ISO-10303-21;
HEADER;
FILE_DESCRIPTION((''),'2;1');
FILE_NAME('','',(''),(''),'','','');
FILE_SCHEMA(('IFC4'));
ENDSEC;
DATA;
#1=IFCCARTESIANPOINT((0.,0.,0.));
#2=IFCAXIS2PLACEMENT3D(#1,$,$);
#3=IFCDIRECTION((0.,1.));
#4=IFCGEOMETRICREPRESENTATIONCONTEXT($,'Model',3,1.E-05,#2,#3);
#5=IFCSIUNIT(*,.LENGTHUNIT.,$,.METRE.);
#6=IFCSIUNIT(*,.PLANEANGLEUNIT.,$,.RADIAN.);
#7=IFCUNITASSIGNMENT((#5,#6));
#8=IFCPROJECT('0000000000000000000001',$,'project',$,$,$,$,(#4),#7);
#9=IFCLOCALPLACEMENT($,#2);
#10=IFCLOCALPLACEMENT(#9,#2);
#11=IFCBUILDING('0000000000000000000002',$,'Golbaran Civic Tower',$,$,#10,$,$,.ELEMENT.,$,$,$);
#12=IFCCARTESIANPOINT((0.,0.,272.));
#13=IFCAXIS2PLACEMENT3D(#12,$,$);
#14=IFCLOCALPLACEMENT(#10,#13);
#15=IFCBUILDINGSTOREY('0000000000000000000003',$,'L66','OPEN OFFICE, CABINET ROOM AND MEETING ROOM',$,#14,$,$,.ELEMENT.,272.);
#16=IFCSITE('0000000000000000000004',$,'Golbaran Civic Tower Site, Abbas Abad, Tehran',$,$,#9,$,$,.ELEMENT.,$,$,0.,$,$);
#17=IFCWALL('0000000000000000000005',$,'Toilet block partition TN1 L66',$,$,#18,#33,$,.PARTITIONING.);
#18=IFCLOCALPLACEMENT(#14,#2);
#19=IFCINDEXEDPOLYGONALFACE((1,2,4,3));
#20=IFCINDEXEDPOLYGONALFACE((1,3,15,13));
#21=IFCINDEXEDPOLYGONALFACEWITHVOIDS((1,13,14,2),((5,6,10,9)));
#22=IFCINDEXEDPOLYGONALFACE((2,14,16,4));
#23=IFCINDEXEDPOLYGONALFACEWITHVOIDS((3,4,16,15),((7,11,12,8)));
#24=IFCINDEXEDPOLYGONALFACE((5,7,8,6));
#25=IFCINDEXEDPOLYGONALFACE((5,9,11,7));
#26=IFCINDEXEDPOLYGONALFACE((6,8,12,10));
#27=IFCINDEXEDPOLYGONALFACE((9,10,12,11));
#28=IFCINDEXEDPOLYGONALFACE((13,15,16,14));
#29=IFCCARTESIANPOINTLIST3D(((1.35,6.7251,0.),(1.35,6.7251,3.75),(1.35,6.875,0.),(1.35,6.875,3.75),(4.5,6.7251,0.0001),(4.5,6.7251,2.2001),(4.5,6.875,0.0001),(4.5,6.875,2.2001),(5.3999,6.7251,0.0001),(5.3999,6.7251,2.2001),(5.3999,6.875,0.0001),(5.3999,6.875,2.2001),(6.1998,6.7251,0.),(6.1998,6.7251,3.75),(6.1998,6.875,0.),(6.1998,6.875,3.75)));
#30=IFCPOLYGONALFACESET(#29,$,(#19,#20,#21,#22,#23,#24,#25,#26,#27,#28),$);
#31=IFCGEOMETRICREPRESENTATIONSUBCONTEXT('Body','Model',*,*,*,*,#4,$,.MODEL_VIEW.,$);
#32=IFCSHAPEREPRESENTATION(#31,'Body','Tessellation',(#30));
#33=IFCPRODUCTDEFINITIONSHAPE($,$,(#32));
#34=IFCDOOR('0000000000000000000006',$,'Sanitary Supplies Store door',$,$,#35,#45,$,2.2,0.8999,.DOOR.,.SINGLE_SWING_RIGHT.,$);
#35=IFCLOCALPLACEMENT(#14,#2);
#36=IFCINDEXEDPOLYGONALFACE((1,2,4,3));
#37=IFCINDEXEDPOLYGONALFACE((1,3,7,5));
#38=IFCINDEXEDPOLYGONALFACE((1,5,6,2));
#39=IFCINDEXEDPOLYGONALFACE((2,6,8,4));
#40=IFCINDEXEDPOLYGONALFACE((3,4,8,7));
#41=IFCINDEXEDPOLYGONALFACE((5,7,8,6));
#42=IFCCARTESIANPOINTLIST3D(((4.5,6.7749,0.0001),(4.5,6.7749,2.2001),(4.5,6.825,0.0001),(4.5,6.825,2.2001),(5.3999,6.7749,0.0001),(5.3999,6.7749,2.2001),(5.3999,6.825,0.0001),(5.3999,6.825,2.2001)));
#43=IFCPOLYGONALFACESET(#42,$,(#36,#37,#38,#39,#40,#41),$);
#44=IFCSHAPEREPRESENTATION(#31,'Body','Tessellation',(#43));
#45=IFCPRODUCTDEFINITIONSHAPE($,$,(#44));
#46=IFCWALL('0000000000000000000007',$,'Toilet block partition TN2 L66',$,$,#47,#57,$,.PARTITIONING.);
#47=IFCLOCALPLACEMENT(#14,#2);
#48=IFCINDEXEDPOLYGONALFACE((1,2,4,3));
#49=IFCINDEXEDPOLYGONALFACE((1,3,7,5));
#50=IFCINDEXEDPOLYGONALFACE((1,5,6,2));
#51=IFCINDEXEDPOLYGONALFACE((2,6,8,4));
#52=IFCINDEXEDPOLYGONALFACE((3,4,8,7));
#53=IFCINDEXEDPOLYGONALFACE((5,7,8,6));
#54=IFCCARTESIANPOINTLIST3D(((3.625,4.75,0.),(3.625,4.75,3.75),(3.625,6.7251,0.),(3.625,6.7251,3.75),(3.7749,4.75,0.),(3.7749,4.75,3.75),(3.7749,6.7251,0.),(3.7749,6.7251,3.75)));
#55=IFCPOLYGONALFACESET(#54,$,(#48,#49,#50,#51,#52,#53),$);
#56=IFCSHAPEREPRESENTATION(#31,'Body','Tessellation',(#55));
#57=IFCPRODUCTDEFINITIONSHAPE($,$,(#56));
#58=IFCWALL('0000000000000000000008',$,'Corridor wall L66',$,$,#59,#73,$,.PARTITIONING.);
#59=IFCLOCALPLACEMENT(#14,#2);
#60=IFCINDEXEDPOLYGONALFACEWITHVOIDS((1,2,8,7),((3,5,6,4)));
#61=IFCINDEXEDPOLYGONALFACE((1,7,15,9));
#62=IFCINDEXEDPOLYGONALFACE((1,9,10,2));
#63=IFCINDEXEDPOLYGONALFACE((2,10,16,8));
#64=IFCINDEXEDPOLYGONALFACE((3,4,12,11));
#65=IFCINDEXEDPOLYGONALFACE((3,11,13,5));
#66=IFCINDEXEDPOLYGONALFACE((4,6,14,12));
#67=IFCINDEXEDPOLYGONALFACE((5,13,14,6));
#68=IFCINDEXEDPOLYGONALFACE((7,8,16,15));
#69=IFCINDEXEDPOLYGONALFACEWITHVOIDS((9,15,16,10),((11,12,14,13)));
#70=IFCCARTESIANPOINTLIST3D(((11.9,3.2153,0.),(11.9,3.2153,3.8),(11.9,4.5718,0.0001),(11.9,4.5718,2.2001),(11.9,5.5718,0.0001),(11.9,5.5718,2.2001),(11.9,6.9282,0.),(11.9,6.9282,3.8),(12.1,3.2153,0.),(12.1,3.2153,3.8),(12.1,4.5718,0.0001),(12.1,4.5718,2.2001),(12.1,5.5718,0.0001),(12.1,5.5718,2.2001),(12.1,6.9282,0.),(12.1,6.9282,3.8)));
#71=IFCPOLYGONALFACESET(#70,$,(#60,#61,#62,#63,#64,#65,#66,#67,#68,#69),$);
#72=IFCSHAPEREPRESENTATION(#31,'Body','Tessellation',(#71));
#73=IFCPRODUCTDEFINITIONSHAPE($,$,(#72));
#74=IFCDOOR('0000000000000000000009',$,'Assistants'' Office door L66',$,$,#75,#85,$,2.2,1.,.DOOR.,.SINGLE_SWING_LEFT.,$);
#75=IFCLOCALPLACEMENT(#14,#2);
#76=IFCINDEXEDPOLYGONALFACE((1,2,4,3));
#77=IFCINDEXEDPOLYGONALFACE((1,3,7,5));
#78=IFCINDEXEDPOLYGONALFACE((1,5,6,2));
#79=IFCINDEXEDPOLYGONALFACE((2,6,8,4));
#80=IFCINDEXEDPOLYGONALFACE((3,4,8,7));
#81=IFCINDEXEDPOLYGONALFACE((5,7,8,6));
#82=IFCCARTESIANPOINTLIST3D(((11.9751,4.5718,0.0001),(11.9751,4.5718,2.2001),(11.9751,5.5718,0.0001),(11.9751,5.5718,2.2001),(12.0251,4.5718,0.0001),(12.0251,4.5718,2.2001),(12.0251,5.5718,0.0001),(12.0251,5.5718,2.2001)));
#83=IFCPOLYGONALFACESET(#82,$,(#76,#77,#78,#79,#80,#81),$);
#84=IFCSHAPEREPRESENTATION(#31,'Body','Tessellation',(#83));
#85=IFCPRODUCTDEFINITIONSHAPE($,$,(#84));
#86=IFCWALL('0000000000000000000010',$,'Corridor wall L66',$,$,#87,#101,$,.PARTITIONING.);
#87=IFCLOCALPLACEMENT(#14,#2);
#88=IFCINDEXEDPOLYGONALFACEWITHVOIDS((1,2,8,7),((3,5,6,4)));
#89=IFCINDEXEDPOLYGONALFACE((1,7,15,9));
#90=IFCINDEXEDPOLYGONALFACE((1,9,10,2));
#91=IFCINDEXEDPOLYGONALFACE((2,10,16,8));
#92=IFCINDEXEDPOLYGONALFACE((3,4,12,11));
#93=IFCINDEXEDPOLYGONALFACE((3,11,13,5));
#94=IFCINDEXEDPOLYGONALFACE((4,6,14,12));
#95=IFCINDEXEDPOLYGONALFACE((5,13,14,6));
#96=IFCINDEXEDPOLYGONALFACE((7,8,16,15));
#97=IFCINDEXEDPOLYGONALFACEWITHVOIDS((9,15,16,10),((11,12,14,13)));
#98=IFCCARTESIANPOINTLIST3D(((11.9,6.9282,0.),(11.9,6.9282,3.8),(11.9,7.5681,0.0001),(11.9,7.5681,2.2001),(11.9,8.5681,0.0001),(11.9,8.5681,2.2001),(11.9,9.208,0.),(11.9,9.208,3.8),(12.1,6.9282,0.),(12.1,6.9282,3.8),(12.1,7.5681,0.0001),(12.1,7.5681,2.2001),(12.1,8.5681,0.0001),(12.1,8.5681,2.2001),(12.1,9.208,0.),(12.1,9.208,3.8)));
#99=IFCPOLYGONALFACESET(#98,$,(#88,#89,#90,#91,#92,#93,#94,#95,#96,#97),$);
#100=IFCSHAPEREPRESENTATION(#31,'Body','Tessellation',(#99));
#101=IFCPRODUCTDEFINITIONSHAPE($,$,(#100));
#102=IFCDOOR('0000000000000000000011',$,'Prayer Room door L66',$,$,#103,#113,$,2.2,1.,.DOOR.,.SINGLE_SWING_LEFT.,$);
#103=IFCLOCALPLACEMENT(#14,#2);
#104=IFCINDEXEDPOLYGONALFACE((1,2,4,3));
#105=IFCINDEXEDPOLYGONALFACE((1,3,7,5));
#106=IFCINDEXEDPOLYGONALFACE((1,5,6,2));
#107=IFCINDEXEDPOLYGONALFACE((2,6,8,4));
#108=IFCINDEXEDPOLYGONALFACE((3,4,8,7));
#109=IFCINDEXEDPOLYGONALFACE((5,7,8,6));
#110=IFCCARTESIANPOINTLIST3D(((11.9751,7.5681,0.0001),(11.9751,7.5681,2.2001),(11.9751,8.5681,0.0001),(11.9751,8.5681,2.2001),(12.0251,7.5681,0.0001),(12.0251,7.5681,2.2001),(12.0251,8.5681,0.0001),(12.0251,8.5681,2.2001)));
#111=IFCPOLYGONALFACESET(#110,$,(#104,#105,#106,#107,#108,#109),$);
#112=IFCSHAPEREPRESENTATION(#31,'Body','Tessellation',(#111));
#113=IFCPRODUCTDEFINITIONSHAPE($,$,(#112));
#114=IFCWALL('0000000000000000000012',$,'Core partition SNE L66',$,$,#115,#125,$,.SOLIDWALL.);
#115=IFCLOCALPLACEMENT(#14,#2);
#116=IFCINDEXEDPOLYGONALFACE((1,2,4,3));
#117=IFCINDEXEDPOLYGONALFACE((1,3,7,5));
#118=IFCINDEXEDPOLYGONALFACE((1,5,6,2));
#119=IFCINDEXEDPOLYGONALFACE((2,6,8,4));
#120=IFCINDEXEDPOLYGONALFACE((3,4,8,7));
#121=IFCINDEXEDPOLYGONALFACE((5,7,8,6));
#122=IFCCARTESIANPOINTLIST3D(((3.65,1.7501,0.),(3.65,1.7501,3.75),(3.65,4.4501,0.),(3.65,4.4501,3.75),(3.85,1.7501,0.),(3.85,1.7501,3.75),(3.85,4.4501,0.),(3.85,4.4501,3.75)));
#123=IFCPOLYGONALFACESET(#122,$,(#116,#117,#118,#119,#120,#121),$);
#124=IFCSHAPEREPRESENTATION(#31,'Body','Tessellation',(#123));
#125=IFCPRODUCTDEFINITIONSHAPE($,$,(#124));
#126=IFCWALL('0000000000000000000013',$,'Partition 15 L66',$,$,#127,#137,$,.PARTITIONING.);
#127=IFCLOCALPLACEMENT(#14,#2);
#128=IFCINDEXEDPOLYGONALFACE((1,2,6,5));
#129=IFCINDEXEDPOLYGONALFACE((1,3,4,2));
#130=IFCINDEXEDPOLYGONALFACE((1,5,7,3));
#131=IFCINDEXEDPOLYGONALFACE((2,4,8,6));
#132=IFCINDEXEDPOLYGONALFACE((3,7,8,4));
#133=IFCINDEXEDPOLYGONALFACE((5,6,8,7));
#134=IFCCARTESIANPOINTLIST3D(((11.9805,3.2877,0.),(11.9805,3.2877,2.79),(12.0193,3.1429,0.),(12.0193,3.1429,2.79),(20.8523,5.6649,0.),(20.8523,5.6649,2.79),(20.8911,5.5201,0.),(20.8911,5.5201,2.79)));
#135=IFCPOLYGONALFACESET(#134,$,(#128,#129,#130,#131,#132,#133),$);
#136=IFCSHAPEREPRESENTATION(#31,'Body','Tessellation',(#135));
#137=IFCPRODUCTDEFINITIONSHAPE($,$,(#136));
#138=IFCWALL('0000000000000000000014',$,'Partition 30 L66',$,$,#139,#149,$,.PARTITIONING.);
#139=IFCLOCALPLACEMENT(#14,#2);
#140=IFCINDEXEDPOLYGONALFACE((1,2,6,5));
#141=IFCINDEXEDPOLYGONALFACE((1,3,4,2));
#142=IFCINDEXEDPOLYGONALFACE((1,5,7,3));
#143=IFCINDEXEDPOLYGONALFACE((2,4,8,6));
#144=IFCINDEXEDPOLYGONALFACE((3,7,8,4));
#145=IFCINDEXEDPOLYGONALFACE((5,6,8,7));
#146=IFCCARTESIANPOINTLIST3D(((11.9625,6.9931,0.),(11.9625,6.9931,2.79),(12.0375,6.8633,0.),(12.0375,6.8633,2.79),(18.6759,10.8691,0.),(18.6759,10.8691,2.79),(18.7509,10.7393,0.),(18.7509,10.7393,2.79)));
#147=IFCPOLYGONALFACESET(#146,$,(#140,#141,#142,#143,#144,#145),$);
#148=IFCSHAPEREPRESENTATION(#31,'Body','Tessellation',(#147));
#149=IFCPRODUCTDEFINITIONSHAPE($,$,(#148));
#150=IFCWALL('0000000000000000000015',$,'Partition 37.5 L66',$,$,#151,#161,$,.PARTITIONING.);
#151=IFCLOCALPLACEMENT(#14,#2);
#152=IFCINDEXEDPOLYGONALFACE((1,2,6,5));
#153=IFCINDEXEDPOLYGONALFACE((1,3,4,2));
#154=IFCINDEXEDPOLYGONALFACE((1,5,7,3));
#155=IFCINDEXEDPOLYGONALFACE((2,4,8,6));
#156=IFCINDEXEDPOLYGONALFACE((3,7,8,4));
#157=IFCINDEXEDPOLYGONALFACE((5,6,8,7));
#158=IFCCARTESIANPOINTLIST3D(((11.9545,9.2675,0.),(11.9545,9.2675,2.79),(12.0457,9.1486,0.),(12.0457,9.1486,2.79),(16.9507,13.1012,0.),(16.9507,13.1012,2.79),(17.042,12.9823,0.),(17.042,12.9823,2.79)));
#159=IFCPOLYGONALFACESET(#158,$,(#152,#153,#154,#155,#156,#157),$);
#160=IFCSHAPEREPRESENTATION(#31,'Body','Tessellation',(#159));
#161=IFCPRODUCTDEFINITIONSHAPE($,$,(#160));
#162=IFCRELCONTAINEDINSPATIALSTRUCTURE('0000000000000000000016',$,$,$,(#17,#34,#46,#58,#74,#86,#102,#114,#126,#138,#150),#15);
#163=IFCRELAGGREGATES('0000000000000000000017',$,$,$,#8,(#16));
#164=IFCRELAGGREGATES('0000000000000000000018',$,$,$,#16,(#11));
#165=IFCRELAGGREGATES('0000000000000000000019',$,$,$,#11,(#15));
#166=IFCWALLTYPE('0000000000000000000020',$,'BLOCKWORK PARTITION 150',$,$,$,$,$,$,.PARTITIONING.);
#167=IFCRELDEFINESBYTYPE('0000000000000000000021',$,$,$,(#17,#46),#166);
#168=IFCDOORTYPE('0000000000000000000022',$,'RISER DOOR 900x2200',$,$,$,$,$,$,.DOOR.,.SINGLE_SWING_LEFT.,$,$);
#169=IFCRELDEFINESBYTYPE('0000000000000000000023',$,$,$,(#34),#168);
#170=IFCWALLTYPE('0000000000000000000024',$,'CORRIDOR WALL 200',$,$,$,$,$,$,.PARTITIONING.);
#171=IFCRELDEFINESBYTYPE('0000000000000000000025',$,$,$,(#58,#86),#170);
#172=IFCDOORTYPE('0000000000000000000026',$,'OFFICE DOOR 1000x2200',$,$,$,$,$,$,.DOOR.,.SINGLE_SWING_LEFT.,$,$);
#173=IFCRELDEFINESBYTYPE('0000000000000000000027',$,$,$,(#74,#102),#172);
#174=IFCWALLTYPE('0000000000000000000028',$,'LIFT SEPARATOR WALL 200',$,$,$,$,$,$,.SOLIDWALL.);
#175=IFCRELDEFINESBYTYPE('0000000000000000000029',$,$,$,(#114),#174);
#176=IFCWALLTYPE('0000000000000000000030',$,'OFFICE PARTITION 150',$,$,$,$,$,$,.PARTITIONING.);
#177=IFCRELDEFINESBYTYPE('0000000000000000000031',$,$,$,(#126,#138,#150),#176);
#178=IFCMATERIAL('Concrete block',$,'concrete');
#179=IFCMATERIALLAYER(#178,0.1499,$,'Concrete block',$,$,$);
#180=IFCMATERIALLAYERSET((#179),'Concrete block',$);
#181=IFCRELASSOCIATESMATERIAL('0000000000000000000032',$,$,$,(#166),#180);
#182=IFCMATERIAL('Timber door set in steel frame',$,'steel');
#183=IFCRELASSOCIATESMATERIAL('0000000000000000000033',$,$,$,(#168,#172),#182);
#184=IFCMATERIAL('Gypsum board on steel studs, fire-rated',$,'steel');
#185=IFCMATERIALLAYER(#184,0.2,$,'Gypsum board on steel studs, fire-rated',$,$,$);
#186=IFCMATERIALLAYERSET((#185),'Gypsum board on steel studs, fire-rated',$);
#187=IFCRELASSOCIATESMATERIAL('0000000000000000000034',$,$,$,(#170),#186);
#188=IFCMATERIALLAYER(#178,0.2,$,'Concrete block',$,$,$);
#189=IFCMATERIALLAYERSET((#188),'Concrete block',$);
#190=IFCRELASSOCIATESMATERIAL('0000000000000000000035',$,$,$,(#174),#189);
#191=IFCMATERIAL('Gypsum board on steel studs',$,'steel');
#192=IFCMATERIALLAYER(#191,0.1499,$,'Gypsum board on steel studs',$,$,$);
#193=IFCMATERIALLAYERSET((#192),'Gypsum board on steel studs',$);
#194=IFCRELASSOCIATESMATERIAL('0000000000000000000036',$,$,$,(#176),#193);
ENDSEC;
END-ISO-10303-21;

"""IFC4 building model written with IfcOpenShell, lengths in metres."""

from ifc_helpers import new_model, si_unit, direction, frame, frame_2d, origin, place, context, subcontext, project, spatial, rectangle, extrude, material, layer, layer_set, type_object, element, fill, save


model = new_model("IFC4")

# Units and contexts
model_context = context("Model", 3, precision=1e-05, world=origin(), true_north=direction((0.0, 1.0)))
body_context = subcontext(model_context, "Body", "Model", "MODEL_VIEW")
ifc_project = project(units=[si_unit("LENGTHUNIT", "METRE"), si_unit("PLANEANGLEUNIT", "RADIAN")], contexts=[model_context])

# Site, building, storey
site_placement = place(None, origin())
site = spatial("IfcSite", under=ifc_project, at=site_placement, Name="Golbaran Civic Tower Site, Abbas Abad, Tehran", CompositionType="ELEMENT", RefElevation=0.0)
building_placement = place(site_placement, origin())
building = spatial("IfcBuilding", under=site, at=building_placement, Name="Golbaran Civic Tower", CompositionType="ELEMENT")
storey_placement = place(building_placement, frame((0.0, 0.0, 272.0)))
storey = spatial("IfcBuildingStorey", under=building, at=storey_placement, Name="L66", Description="OPEN OFFICE, CABINET ROOM AND MEETING ROOM", CompositionType="ELEMENT", Elevation=272.0)

# Wall, opening, door
ifc_material_1 = material(Name="Concrete block", Category="concrete")
ifc_layer_1 = layer(ifc_material_1, 0.1499, Name="Concrete block")
ifc_layer_set_1 = layer_set([ifc_layer_1], Name="Concrete block")
wall_type_1 = type_object("IfcWallType", Name="BLOCKWORK PARTITION 150", PredefinedType="PARTITIONING", material=ifc_layer_set_1)
wall_1_placement = place(storey_placement, frame((1.3501, 6.8, 0.0), z_axis=(0.0, 0.0, 1.0), x_axis=(1.0, 0.0, 0.0)))
wall_1 = element("IfcWall", 1, at=wall_1_placement, inside=storey, type_object=wall_type_1, Name="Toilet block partition TN1 L66", PredefinedType="PARTITIONING", context=body_context, shape_type="SweptSolid", body=[
    extrude(rectangle(XDim=4.8499, YDim=0.1499, at=frame_2d((2.4248, 0.0))), origin(), (0.0, 0.0, 1.0), 3.75),
])
opening_1_placement = place(wall_1_placement, frame((3.1499, 0.0, 0.0)))
opening_1 = element("IfcOpeningElement", 2, at=opening_1_placement, cuts=wall_1, PredefinedType="OPENING", context=body_context, shape_type="SweptSolid", body=[
    extrude(rectangle(XDim=0.8999, YDim=2.2, at=frame_2d((0.45, 1.1001))), frame((0.0, 0.085, 0.0), z_axis=(0.0, -1.0, 0.0), x_axis=(1.0, 0.0, 0.0)), (0.0, 0.0, 1.0), 0.1699),
])
ifc_material_2 = material(Name="Timber door set in steel frame", Category="steel")
door_type_1 = type_object("IfcDoorType", Name="RISER DOOR 900x2200", OperationType="SINGLE_SWING_LEFT", PredefinedType="DOOR", material=ifc_material_2)
door_1_placement = place(opening_1_placement, origin())
door_1 = element("IfcDoor", 3, at=door_1_placement, inside=storey, type_object=door_type_1, Name="Sanitary Supplies Store door", OperationType="SINGLE_SWING_RIGHT", OverallHeight=2.2, OverallWidth=0.8999, PredefinedType="DOOR", context=body_context, shape_type="SweptSolid", body=[
    extrude(rectangle(XDim=0.8999, YDim=2.2, at=frame_2d((0.45, 1.1001))), frame((0.0, 0.0249, 0.0), z_axis=(0.0, -1.0, 0.0), x_axis=(1.0, 0.0, 0.0)), (0.0, 0.0, 1.0), 0.05),
])
fill(opening_1, door_1)

# Wall
wall_2_placement = place(storey_placement, frame((3.7, 4.75, 0.0), z_axis=(0.0, 0.0, 1.0), x_axis=(0.0, 1.0, 0.0)))
element("IfcWall", 4, at=wall_2_placement, inside=storey, type_object=wall_type_1, Name="Toilet block partition TN2 L66", PredefinedType="PARTITIONING", context=body_context, shape_type="SweptSolid", body=[
    extrude(rectangle(XDim=1.9751, YDim=0.1499, at=frame_2d((0.9875, 0.0))), origin(), (0.0, 0.0, 1.0), 3.75),
])

# Walls, openings, doors
ifc_material_3 = material(Name="Gypsum board on steel studs, fire-rated", Category="steel")
ifc_layer_2 = layer(ifc_material_3, 0.2, Name="Gypsum board on steel studs, fire-rated")
ifc_layer_set_2 = layer_set([ifc_layer_2], Name="Gypsum board on steel studs, fire-rated")
wall_type_2 = type_object("IfcWallType", Name="CORRIDOR WALL 200", PredefinedType="PARTITIONING", material=ifc_layer_set_2)
wall_3_placement = place(storey_placement, frame((12.0, 3.2153, 0.0), z_axis=(0.0, 0.0, 1.0), x_axis=(0.0, 1.0, 0.0)))
wall_3 = element("IfcWall", 5, at=wall_3_placement, inside=storey, type_object=wall_type_2, Name="Corridor wall L66", PredefinedType="PARTITIONING", context=body_context, shape_type="SweptSolid", body=[
    extrude(rectangle(XDim=3.7129, YDim=0.2, at=frame_2d((1.8564, 0.0))), origin(), (0.0, 0.0, 1.0), 3.8),
])
opening_2_placement = place(wall_3_placement, frame((1.3564, 0.0, 0.0)))
opening_2 = element("IfcOpeningElement", 6, at=opening_2_placement, cuts=wall_3, PredefinedType="OPENING", context=body_context, shape_type="SweptSolid", body=[
    extrude(rectangle(XDim=1.0, YDim=2.2, at=frame_2d((0.5, 1.1001))), frame((0.0, 0.1099, 0.0), z_axis=(0.0, -1.0, 0.0), x_axis=(1.0, 0.0, 0.0)), (0.0, 0.0, 1.0), 0.22),
])
door_type_2 = type_object("IfcDoorType", Name="OFFICE DOOR 1000x2200", OperationType="SINGLE_SWING_LEFT", PredefinedType="DOOR", material=ifc_material_2)
door_2_placement = place(opening_2_placement, origin())
door_2 = element("IfcDoor", 7, at=door_2_placement, inside=storey, type_object=door_type_2, Name="Assistants' Office door L66", OperationType="SINGLE_SWING_LEFT", OverallHeight=2.2, OverallWidth=1.0, PredefinedType="DOOR", context=body_context, shape_type="SweptSolid", body=[
    extrude(rectangle(XDim=1.0, YDim=2.2, at=frame_2d((0.5, 1.1001))), frame((0.0, 0.0249, 0.0), z_axis=(0.0, -1.0, 0.0), x_axis=(1.0, 0.0, 0.0)), (0.0, 0.0, 1.0), 0.05),
])
fill(opening_2, door_2)
wall_4_placement = place(storey_placement, frame((12.0, 6.9282, 0.0), z_axis=(0.0, 0.0, 1.0), x_axis=(0.0, 1.0, 0.0)))
wall_4 = element("IfcWall", 8, at=wall_4_placement, inside=storey, type_object=wall_type_2, Name="Corridor wall L66", PredefinedType="PARTITIONING", context=body_context, shape_type="SweptSolid", body=[
    extrude(rectangle(XDim=2.2798, YDim=0.2, at=frame_2d((1.1399, 0.0))), origin(), (0.0, 0.0, 1.0), 3.8),
])
opening_3_placement = place(wall_4_placement, frame((0.6399, 0.0, 0.0)))
opening_3 = element("IfcOpeningElement", 9, at=opening_3_placement, cuts=wall_4, PredefinedType="OPENING", context=body_context, shape_type="SweptSolid", body=[
    extrude(rectangle(XDim=1.0, YDim=2.2, at=frame_2d((0.5, 1.1001))), frame((0.0, 0.1099, 0.0), z_axis=(0.0, -1.0, 0.0), x_axis=(1.0, 0.0, 0.0)), (0.0, 0.0, 1.0), 0.22),
])
door_3_placement = place(opening_3_placement, origin())
door_3 = element("IfcDoor", 10, at=door_3_placement, inside=storey, type_object=door_type_2, Name="Prayer Room door L66", OperationType="SINGLE_SWING_LEFT", OverallHeight=2.2, OverallWidth=1.0, PredefinedType="DOOR", context=body_context, shape_type="SweptSolid", body=[
    extrude(rectangle(XDim=1.0, YDim=2.2, at=frame_2d((0.5, 1.1001))), frame((0.0, 0.0249, 0.0), z_axis=(0.0, -1.0, 0.0), x_axis=(1.0, 0.0, 0.0)), (0.0, 0.0, 1.0), 0.05),
])
fill(opening_3, door_3)

# Walls
ifc_layer_3 = layer(ifc_material_1, 0.2, Name="Concrete block")
ifc_layer_set_3 = layer_set([ifc_layer_3], Name="Concrete block")
wall_type_3 = type_object("IfcWallType", Name="LIFT SEPARATOR WALL 200", PredefinedType="SOLIDWALL", material=ifc_layer_set_3)
wall_5_placement = place(storey_placement, frame((3.75, 1.75, 0.0), z_axis=(0.0, 0.0, 1.0), x_axis=(0.0, 1.0, 0.0)))
element("IfcWall", 11, at=wall_5_placement, inside=storey, type_object=wall_type_3, Name="Core partition SNE L66", PredefinedType="SOLIDWALL", context=body_context, shape_type="SweptSolid", body=[
    extrude(rectangle(XDim=2.7, YDim=0.2, at=frame_2d((1.3501, 0.0))), origin(), (0.0, 0.0, 1.0), 3.75),
])
ifc_material_4 = material(Name="Gypsum board on steel studs", Category="steel")
ifc_layer_4 = layer(ifc_material_4, 0.1499, Name="Gypsum board on steel studs")
ifc_layer_set_4 = layer_set([ifc_layer_4], Name="Gypsum board on steel studs")
wall_type_4 = type_object("IfcWallType", Name="OFFICE PARTITION 150", PredefinedType="PARTITIONING", material=ifc_layer_set_4)
wall_6_placement = place(storey_placement, frame((12.0, 3.2153, 0.0), z_axis=(0.0, 0.0, 1.0), x_axis=(0.965926, 0.258819, 0.0)))
element("IfcWall", 12, at=wall_6_placement, inside=storey, type_object=wall_type_4, Name="Partition 15 L66", PredefinedType="PARTITIONING", context=body_context, shape_type="SweptSolid", body=[
    extrude(rectangle(XDim=9.1848, YDim=0.1499, at=frame_2d((4.5923, 0.0))), origin(), (0.0, 0.0, 1.0), 2.79),
])
wall_7_placement = place(storey_placement, frame((12.0, 6.9282, 0.0), z_axis=(0.0, 0.0, 1.0), x_axis=(0.866025, 0.500001, 0.0)))
element("IfcWall", 13, at=wall_7_placement, inside=storey, type_object=wall_type_4, Name="Partition 30 L66", PredefinedType="PARTITIONING", context=body_context, shape_type="SweptSolid", body=[
    extrude(rectangle(XDim=7.752, YDim=0.1499, at=frame_2d((3.876, 0.0))), origin(), (0.0, 0.0, 1.0), 2.79),
])
wall_8_placement = place(storey_placement, frame((12.0, 9.208, 0.0), z_axis=(0.0, 0.0, 1.0), x_axis=(0.79336, 0.608753, 0.0)))
element("IfcWall", 14, at=wall_8_placement, inside=storey, type_object=wall_type_4, Name="Partition 37.5 L66", PredefinedType="PARTITIONING", context=body_context, shape_type="SweptSolid", body=[
    extrude(rectangle(XDim=6.2976, YDim=0.1499, at=frame_2d((3.1489, 0.0))), origin(), (0.0, 0.0, 1.0), 2.79),
])

save(model, "model.ifc")
